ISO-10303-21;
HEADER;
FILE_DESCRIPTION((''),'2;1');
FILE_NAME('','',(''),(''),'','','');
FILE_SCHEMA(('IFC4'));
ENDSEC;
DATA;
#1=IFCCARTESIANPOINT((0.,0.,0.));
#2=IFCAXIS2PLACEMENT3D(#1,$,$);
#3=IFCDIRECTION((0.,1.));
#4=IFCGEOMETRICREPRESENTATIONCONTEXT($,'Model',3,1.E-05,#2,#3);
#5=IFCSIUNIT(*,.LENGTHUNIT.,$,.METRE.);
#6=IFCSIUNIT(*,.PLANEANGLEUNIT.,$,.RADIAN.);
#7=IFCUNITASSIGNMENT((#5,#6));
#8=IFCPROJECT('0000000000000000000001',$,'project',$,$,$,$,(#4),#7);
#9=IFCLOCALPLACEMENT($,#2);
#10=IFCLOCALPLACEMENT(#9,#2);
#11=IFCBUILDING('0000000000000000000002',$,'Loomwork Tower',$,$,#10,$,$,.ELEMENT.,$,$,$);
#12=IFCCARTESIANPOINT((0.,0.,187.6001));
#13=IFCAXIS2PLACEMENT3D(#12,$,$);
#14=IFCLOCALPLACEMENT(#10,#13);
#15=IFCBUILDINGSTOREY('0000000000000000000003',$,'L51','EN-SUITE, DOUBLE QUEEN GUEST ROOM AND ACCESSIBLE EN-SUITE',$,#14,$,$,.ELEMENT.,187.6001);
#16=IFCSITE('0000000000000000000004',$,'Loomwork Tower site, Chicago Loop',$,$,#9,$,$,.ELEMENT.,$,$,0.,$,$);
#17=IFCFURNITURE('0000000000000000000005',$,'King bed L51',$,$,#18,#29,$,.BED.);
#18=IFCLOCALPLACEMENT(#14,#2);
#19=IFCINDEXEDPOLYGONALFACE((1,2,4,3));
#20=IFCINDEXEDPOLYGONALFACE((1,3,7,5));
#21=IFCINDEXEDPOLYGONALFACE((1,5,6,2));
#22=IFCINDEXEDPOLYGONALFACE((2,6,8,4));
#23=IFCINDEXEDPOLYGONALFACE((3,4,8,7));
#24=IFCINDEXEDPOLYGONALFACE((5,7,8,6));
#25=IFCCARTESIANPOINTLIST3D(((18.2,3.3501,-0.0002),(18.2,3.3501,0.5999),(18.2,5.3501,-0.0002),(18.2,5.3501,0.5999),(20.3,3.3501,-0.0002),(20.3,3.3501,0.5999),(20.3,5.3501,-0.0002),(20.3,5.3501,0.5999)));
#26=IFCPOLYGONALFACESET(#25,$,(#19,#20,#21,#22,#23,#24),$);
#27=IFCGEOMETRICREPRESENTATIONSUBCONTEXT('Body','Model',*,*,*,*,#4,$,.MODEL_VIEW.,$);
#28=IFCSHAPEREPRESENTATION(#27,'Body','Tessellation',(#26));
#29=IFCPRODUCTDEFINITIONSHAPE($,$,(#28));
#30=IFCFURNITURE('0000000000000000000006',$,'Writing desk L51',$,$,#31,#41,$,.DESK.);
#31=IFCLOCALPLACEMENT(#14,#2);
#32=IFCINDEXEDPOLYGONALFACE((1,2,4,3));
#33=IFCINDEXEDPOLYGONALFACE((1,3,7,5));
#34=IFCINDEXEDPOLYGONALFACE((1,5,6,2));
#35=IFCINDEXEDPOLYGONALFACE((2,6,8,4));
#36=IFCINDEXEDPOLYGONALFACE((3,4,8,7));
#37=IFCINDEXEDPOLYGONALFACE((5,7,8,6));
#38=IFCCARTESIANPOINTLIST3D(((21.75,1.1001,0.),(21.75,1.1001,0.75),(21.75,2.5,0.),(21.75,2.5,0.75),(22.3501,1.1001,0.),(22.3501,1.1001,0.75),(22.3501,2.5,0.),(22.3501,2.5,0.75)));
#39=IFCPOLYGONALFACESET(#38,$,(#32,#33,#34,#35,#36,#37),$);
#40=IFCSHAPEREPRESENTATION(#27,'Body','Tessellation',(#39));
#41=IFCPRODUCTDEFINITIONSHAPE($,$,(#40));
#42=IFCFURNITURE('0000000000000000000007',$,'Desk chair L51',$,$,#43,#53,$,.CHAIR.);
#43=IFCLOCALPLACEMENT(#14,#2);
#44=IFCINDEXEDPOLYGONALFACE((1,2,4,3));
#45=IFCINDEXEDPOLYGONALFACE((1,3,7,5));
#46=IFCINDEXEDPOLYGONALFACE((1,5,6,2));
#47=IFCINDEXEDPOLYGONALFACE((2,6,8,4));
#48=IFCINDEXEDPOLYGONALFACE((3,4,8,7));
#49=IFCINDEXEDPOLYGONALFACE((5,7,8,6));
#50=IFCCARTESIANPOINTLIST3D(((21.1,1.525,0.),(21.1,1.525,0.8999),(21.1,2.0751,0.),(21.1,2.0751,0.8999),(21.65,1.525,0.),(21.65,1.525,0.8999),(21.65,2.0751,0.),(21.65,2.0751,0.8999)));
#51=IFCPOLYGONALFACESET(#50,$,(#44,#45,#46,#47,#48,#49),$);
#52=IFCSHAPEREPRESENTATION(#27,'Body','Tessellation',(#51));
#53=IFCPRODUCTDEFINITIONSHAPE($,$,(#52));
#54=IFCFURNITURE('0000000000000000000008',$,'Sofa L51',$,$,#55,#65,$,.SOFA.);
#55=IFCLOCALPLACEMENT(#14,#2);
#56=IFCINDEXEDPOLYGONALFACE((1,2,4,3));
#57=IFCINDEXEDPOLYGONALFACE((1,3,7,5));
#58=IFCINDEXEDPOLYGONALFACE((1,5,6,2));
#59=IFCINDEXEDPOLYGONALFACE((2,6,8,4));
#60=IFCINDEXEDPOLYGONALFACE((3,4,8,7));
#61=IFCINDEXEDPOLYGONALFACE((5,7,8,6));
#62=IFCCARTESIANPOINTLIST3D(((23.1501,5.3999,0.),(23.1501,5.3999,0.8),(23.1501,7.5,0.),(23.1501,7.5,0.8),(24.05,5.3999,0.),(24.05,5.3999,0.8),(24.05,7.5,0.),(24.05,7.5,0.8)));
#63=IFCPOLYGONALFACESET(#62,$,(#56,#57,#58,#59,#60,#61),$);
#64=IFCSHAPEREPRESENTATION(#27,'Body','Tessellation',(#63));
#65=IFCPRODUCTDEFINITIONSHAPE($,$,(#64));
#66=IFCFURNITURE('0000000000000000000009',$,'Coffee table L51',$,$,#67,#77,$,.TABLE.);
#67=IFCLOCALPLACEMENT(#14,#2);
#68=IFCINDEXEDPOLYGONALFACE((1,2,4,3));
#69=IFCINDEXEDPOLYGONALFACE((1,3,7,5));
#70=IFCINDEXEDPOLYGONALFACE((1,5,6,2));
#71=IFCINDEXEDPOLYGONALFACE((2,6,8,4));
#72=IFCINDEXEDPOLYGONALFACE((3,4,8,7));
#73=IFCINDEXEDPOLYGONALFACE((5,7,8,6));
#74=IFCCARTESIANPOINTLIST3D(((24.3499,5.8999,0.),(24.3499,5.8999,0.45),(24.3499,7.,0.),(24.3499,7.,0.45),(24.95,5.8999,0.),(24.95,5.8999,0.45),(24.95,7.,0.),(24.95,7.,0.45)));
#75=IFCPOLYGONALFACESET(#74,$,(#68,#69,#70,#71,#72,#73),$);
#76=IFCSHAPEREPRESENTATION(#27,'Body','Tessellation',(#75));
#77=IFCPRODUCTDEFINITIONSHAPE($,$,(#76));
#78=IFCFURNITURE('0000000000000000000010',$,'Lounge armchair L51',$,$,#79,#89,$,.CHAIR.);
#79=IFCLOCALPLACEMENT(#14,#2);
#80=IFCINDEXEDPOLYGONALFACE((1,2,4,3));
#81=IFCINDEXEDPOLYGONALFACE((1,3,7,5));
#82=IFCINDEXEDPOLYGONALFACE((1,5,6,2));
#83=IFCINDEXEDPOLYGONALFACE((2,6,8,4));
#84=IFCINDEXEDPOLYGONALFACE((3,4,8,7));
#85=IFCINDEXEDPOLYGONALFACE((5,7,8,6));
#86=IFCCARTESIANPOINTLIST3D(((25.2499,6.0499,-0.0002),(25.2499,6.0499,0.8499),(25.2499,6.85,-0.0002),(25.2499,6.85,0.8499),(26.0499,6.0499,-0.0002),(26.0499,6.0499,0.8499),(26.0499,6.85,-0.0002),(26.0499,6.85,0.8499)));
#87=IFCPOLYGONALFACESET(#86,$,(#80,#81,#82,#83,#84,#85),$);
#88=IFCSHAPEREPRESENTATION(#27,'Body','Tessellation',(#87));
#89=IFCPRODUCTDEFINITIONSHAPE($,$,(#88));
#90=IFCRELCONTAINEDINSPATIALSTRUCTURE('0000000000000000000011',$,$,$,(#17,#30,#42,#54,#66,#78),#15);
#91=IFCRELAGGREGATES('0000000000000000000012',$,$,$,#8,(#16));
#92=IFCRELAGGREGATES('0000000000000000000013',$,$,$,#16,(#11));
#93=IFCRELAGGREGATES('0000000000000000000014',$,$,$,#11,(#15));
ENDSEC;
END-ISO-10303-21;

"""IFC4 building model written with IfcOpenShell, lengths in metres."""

from ifc_helpers import new_model, si_unit, direction, frame, origin, origin_2d, place, context, subcontext, project, spatial, rectangle, extrude, element, save


model = new_model("IFC4")

# Units and contexts
model_context = context("Model", 3, precision=1e-05, world=origin(), true_north=direction((0.0, 1.0)))
body_context = subcontext(model_context, "Body", "Model", "MODEL_VIEW")
ifc_project = project(units=[si_unit("LENGTHUNIT", "METRE"), si_unit("PLANEANGLEUNIT", "RADIAN")], contexts=[model_context])

# Site, building, storey
site_placement = place(None, origin())
site = spatial("IfcSite", under=ifc_project, at=site_placement, Name="Loomwork Tower site, Chicago Loop", CompositionType="ELEMENT", RefElevation=0.0)
building_placement = place(site_placement, origin())
building = spatial("IfcBuilding", under=site, at=building_placement, Name="Loomwork Tower", CompositionType="ELEMENT")
storey_placement = place(building_placement, frame((0.0, 0.0, 187.6001)))
storey = spatial("IfcBuildingStorey", under=building, at=storey_placement, Name="L51", Description="EN-SUITE, DOUBLE QUEEN GUEST ROOM AND ACCESSIBLE EN-SUITE", CompositionType="ELEMENT", Elevation=187.6001)

# Furniture
furniture_1_placement = place(storey_placement, frame((19.25, 4.3501, -0.0002), z_axis=(0.0, 0.0, 1.0), x_axis=(1.0, 0.0, 0.0)))
element("IfcFurniture", 1, at=furniture_1_placement, inside=storey, Name="King bed L51", PredefinedType="BED", context=body_context, shape_type="SweptSolid", body=[
    extrude(rectangle(XDim=2.1001, YDim=2.0, at=origin_2d()), origin(), (0.0, 0.0, 1.0), 0.6001),
])
furniture_2_placement = place(storey_placement, frame((22.05, 1.8, 0.0), z_axis=(0.0, 0.0, 1.0), x_axis=(1.0, 0.0, 0.0)))
element("IfcFurniture", 2, at=furniture_2_placement, inside=storey, Name="Writing desk L51", PredefinedType="DESK", context=body_context, shape_type="SweptSolid", body=[
    extrude(rectangle(XDim=0.6001, YDim=1.3999, at=origin_2d()), origin(), (0.0, 0.0, 1.0), 0.75),
])
furniture_3_placement = place(storey_placement, frame((21.375, 1.8, 0.0), z_axis=(0.0, 0.0, 1.0), x_axis=(1.0, 0.0, 0.0)))
element("IfcFurniture", 3, at=furniture_3_placement, inside=storey, Name="Desk chair L51", PredefinedType="CHAIR", context=body_context, shape_type="SweptSolid", body=[
    extrude(rectangle(XDim=0.55, YDim=0.55, at=origin_2d()), origin(), (0.0, 0.0, 1.0), 0.8999),
])
furniture_4_placement = place(storey_placement, frame((23.6001, 6.45, 0.0), z_axis=(0.0, 0.0, 1.0), x_axis=(1.0, 0.0, 0.0)))
element("IfcFurniture", 4, at=furniture_4_placement, inside=storey, Name="Sofa L51", PredefinedType="SOFA", context=body_context, shape_type="SweptSolid", body=[
    extrude(rectangle(XDim=0.8999, YDim=2.1001, at=origin_2d()), origin(), (0.0, 0.0, 1.0), 0.8),
])
furniture_5_placement = place(storey_placement, frame((24.6499, 6.45, 0.0), z_axis=(0.0, 0.0, 1.0), x_axis=(1.0, 0.0, 0.0)))
element("IfcFurniture", 5, at=furniture_5_placement, inside=storey, Name="Coffee table L51", PredefinedType="TABLE", context=body_context, shape_type="SweptSolid", body=[
    extrude(rectangle(XDim=0.6001, YDim=1.1001, at=origin_2d()), origin(), (0.0, 0.0, 1.0), 0.45),
])
furniture_6_placement = place(storey_placement, frame((25.6499, 6.45, -0.0002), z_axis=(0.0, 0.0, 1.0), x_axis=(1.0, 0.0, 0.0)))
element("IfcFurniture", 6, at=furniture_6_placement, inside=storey, Name="Lounge armchair L51", PredefinedType="CHAIR", context=body_context, shape_type="SweptSolid", body=[
    extrude(rectangle(XDim=0.8, YDim=0.8, at=origin_2d()), origin(), (0.0, 0.0, 1.0), 0.8501),
])

save(model, "model.ifc")
